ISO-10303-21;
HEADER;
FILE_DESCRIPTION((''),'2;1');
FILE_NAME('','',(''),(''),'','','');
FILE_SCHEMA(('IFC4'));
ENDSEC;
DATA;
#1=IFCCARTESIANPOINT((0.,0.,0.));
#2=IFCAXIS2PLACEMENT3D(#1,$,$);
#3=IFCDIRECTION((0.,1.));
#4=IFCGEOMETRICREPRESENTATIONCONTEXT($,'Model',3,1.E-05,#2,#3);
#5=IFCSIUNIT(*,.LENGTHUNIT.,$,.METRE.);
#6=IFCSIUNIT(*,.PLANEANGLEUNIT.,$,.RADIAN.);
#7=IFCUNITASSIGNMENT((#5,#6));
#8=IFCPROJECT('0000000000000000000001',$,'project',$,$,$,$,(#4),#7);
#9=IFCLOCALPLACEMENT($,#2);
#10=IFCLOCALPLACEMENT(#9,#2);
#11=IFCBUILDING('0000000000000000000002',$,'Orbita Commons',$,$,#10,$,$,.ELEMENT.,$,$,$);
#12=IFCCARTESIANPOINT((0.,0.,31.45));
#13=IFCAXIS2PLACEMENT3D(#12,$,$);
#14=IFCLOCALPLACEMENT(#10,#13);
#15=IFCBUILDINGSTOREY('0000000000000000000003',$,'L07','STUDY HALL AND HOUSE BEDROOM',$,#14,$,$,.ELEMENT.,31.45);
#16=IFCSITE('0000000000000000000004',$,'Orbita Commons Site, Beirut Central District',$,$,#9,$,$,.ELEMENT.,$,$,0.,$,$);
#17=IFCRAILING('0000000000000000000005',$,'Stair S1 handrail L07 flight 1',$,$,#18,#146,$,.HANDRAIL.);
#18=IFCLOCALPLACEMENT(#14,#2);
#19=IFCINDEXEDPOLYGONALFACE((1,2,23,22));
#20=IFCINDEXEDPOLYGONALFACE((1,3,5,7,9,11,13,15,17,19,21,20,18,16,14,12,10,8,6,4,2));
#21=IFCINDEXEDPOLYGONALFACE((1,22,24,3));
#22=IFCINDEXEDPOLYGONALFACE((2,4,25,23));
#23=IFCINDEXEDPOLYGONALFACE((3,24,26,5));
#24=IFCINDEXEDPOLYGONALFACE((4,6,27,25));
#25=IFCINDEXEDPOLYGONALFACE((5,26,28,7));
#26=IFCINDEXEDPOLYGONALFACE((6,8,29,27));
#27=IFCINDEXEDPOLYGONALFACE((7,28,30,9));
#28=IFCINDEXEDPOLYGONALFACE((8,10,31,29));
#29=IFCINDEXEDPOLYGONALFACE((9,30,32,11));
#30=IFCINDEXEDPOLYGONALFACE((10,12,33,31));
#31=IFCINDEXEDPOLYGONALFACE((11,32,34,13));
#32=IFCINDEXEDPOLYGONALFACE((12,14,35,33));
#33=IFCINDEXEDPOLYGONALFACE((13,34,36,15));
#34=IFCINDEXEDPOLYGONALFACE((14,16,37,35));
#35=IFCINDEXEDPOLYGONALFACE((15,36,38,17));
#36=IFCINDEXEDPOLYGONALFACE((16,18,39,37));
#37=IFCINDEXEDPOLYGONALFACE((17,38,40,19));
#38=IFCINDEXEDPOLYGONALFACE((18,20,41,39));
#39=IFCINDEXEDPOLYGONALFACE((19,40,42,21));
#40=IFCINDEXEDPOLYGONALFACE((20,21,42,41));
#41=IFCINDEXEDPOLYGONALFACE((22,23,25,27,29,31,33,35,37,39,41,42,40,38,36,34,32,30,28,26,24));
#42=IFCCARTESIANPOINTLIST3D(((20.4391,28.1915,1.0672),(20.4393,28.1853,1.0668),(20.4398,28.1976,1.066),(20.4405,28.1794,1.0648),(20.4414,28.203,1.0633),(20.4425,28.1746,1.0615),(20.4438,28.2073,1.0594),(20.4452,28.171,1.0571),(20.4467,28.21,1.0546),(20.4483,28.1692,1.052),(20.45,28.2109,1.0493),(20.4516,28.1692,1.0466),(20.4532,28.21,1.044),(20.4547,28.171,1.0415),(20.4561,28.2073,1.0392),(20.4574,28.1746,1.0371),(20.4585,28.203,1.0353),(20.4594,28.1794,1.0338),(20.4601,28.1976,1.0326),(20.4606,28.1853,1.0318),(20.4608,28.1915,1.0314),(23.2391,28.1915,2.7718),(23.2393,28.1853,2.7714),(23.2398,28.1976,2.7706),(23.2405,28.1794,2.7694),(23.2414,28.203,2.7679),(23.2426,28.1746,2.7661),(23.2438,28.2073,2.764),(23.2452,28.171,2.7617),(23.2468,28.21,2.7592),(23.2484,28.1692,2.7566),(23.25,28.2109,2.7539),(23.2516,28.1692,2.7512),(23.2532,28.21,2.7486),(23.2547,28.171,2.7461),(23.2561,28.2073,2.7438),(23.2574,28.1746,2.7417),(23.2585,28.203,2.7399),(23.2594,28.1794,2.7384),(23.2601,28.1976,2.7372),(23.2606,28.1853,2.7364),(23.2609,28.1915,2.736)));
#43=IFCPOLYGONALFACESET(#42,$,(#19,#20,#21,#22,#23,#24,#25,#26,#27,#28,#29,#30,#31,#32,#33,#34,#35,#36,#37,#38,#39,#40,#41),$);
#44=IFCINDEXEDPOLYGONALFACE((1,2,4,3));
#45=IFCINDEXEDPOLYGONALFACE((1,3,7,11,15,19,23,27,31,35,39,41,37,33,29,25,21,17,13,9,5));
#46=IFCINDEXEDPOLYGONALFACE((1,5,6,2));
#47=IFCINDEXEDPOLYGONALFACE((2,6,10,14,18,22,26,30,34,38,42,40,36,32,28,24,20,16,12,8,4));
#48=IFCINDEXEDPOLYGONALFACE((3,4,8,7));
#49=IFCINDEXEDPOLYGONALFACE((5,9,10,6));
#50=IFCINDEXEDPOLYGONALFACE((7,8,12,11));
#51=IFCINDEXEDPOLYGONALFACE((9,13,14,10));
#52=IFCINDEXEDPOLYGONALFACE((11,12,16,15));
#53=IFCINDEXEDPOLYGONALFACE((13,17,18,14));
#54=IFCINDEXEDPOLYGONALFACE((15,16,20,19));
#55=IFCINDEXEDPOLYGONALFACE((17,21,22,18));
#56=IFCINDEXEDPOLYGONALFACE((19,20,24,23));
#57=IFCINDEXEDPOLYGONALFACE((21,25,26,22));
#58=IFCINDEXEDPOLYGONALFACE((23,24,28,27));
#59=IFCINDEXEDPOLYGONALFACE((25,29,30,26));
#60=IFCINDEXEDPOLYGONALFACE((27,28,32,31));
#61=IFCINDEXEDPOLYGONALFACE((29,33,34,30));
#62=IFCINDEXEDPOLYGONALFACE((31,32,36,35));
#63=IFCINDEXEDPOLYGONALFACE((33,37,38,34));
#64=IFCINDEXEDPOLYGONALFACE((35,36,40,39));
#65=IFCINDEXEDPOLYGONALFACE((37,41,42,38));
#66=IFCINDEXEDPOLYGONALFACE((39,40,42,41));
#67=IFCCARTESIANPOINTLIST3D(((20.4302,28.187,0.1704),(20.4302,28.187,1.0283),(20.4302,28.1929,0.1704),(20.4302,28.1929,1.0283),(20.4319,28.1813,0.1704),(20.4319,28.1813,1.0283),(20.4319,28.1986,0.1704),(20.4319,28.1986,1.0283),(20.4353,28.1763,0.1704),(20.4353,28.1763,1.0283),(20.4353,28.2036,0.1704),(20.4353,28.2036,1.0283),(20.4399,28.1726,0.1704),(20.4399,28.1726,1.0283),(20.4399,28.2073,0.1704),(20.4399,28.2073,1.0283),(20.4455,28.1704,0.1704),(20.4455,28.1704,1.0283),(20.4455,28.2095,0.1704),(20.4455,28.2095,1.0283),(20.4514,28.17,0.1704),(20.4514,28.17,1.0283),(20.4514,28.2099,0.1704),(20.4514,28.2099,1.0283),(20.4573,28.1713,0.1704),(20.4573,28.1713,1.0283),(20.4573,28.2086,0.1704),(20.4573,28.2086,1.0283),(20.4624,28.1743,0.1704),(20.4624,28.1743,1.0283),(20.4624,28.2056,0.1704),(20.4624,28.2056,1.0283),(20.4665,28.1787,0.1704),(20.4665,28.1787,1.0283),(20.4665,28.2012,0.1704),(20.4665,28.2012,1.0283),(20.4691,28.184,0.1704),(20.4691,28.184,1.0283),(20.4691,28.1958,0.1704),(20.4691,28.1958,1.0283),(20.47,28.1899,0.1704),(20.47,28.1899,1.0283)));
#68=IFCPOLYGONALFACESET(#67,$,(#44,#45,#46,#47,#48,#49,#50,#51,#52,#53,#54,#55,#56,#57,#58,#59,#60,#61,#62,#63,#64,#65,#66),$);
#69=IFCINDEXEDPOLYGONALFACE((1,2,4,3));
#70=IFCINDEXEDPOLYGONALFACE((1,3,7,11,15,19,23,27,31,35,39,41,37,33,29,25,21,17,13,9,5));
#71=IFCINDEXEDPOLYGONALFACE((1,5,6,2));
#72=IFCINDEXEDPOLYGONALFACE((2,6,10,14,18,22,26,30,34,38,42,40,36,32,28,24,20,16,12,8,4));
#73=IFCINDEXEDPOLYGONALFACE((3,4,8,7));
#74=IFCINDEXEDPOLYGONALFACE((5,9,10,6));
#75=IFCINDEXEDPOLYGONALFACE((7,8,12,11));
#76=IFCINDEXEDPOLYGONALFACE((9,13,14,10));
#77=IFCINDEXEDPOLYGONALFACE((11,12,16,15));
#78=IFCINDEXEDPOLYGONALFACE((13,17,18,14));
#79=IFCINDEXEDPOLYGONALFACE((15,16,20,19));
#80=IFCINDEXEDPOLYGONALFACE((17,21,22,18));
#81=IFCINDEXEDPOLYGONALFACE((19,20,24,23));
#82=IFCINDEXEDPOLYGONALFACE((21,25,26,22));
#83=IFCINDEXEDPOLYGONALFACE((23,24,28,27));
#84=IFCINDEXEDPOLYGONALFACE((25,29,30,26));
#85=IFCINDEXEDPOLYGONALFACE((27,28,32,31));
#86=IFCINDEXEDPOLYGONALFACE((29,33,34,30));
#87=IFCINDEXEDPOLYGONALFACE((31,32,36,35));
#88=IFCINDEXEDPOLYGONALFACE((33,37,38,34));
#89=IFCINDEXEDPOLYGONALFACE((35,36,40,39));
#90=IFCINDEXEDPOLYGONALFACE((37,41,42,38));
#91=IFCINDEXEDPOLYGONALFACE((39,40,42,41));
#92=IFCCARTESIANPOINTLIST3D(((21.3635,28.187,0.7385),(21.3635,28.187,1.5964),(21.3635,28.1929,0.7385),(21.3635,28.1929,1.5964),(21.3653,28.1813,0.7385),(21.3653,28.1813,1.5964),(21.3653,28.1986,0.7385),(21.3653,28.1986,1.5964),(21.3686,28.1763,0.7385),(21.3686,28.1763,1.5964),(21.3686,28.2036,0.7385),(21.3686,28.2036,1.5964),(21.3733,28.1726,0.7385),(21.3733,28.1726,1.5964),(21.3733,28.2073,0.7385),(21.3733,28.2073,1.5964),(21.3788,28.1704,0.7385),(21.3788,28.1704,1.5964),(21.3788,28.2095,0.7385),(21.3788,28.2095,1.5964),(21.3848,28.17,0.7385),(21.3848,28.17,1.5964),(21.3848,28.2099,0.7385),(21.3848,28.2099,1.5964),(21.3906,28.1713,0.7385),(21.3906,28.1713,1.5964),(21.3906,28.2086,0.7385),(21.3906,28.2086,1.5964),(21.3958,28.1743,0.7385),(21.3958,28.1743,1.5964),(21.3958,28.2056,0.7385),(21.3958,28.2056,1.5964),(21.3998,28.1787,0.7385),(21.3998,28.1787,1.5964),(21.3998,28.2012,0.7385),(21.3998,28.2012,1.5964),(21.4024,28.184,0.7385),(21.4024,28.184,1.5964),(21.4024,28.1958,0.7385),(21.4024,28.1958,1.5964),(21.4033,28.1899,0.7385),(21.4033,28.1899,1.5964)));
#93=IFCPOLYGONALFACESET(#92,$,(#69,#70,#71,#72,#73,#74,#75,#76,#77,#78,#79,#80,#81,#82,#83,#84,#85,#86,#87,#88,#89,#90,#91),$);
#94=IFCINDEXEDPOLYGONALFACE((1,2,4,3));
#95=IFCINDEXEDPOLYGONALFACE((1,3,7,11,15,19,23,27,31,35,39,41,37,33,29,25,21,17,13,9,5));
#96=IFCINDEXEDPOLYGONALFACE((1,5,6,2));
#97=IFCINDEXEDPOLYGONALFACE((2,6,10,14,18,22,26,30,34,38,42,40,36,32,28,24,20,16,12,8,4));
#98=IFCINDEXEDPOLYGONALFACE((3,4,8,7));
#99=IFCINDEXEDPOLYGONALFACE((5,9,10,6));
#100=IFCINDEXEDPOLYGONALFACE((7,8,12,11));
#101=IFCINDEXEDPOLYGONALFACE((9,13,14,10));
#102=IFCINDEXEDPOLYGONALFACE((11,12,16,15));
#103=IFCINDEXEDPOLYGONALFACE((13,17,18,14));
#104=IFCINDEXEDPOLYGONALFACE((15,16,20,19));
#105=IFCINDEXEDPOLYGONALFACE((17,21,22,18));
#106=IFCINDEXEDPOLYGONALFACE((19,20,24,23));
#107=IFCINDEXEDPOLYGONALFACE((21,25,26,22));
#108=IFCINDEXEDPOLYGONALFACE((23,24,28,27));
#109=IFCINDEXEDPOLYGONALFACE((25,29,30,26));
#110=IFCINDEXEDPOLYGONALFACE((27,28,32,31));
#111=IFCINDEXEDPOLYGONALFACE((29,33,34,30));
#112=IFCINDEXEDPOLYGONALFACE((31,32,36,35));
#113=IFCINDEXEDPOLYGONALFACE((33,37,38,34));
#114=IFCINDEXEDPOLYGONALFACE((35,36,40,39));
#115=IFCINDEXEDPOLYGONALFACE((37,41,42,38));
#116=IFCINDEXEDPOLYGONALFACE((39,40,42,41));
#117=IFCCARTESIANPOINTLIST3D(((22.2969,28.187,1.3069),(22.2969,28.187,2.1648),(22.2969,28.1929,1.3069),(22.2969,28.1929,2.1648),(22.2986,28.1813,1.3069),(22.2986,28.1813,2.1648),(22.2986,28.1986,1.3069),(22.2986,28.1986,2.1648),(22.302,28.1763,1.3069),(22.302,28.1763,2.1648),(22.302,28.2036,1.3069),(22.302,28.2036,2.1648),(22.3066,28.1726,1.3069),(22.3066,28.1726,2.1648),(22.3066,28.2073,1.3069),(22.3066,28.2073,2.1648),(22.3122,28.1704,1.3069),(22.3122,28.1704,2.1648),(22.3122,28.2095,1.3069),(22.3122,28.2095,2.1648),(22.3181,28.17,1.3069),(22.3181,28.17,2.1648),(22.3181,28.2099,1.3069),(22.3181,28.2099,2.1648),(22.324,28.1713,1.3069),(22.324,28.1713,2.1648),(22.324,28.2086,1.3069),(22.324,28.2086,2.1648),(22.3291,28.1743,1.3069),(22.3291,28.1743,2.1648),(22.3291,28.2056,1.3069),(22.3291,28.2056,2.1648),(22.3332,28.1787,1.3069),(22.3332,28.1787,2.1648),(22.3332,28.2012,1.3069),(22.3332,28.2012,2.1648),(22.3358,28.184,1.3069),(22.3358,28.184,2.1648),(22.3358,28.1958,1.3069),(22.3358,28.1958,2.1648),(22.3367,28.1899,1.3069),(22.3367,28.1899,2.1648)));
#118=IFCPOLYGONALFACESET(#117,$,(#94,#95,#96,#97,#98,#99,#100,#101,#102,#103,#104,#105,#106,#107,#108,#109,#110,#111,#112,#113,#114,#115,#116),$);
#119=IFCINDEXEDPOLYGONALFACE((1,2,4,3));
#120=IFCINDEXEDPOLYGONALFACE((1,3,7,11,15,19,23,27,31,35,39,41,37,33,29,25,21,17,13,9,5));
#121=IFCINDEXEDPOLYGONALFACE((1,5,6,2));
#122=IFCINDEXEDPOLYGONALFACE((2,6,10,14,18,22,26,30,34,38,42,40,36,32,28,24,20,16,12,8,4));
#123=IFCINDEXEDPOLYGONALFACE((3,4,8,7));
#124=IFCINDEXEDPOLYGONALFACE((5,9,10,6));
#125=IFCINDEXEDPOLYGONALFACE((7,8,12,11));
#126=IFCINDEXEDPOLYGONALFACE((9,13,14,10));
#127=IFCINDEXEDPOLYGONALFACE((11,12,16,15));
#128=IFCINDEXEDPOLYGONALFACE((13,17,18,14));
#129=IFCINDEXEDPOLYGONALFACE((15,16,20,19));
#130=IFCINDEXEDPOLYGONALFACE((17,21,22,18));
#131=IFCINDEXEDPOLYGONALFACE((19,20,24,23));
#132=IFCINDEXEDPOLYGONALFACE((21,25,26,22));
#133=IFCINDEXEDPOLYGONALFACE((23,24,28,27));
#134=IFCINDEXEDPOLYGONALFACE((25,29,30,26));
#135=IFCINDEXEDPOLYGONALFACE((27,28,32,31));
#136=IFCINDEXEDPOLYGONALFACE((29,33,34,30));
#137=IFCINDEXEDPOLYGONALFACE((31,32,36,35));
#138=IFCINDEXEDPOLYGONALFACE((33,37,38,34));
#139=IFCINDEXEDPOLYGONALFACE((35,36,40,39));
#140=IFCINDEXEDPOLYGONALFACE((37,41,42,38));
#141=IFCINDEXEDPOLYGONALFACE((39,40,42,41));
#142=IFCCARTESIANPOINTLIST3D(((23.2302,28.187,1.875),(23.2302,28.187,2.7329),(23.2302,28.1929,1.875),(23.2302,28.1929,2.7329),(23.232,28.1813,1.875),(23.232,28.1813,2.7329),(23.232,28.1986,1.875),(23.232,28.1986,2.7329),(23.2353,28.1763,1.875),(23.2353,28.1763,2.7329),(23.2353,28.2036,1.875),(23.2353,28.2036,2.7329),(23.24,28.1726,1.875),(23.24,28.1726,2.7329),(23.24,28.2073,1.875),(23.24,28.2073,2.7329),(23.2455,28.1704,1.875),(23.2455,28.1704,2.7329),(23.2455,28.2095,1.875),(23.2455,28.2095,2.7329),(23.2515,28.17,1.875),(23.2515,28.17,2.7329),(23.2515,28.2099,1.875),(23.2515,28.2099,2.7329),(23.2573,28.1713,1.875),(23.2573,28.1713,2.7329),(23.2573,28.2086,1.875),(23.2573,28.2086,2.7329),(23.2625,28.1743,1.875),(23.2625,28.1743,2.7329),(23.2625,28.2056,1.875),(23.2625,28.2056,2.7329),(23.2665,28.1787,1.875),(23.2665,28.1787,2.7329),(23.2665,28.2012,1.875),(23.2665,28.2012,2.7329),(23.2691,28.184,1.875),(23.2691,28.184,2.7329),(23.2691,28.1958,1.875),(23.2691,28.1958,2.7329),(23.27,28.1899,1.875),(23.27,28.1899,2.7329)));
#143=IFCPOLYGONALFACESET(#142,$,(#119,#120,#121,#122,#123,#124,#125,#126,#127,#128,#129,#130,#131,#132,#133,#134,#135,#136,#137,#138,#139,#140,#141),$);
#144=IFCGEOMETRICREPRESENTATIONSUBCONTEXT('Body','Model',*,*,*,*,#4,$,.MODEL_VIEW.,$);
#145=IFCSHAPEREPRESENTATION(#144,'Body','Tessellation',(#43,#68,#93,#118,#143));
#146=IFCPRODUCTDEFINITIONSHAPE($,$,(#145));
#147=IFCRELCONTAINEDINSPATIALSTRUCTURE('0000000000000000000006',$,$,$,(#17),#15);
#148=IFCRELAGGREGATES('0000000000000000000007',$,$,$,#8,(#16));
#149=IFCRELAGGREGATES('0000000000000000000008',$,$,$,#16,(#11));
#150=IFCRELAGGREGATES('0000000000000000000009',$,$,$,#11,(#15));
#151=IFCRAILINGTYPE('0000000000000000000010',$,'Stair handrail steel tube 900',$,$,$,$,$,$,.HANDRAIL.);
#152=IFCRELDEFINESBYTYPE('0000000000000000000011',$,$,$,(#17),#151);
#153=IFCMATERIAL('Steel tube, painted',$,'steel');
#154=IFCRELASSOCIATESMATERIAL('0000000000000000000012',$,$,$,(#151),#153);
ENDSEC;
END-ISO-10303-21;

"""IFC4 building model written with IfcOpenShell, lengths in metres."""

from ifc_helpers import new_model, si_unit, direction, frame, origin, origin_2d, place, context, subcontext, project, spatial, circle, extrude, material, type_object, element, save


model = new_model("IFC4")

# Units and contexts
model_context = context("Model", 3, precision=1e-05, world=origin(), true_north=direction((0.0, 1.0)))
body_context = subcontext(model_context, "Body", "Model", "MODEL_VIEW")
ifc_project = project(units=[si_unit("LENGTHUNIT", "METRE"), si_unit("PLANEANGLEUNIT", "RADIAN")], contexts=[model_context])

# Site, building, storey
site_placement = place(None, origin())
site = spatial("IfcSite", under=ifc_project, at=site_placement, Name="Orbita Commons Site, Beirut Central District", CompositionType="ELEMENT", RefElevation=0.0)
building_placement = place(site_placement, origin())
building = spatial("IfcBuilding", under=site, at=building_placement, Name="Orbita Commons", CompositionType="ELEMENT")
storey_placement = place(building_placement, frame((0.0, 0.0, 31.45)))
storey = spatial("IfcBuildingStorey", under=building, at=storey_placement, Name="L07", Description="STUDY HALL AND HOUSE BEDROOM", CompositionType="ELEMENT", Elevation=31.45)

# Railing
ifc_material_1 = material(Name="Steel tube, painted", Category="steel")
railing_type = type_object("IfcRailingType", Name="Stair handrail steel tube 900", PredefinedType="HANDRAIL", material=ifc_material_1)
railing_placement = place(storey_placement, frame((20.45, 28.1899, 0.1704)))
element("IfcRailing", 1, at=railing_placement, inside=storey, type_object=railing_type, Name="Stair S1 handrail L07 flight 1", PredefinedType="HANDRAIL", context=body_context, shape_type="SweptSolid", body=[
    extrude(circle(Radius=0.021, at=origin_2d()), frame((0.0, 0.0, 0.8789), z_axis=(0.85417, 0.0, 0.519994), x_axis=(0.0, 1.0, 0.0)), (0.0, 0.0, 1.0), 3.2781),
    extrude(circle(Radius=0.02, at=origin_2d()), origin(), (0.0, 0.0, 1.0), 0.8579),
    extrude(circle(Radius=0.02, at=origin_2d()), frame((0.9333, 0.0, 0.5681)), (0.0, 0.0, 1.0), 0.8579),
    extrude(circle(Radius=0.02, at=origin_2d()), frame((1.8667, 0.0, 1.1365)), (0.0, 0.0, 1.0), 0.8579),
    extrude(circle(Radius=0.02, at=origin_2d()), frame((2.8, 0.0, 1.7046)), (0.0, 0.0, 1.0), 0.8579),
])

save(model, "model.ifc")
